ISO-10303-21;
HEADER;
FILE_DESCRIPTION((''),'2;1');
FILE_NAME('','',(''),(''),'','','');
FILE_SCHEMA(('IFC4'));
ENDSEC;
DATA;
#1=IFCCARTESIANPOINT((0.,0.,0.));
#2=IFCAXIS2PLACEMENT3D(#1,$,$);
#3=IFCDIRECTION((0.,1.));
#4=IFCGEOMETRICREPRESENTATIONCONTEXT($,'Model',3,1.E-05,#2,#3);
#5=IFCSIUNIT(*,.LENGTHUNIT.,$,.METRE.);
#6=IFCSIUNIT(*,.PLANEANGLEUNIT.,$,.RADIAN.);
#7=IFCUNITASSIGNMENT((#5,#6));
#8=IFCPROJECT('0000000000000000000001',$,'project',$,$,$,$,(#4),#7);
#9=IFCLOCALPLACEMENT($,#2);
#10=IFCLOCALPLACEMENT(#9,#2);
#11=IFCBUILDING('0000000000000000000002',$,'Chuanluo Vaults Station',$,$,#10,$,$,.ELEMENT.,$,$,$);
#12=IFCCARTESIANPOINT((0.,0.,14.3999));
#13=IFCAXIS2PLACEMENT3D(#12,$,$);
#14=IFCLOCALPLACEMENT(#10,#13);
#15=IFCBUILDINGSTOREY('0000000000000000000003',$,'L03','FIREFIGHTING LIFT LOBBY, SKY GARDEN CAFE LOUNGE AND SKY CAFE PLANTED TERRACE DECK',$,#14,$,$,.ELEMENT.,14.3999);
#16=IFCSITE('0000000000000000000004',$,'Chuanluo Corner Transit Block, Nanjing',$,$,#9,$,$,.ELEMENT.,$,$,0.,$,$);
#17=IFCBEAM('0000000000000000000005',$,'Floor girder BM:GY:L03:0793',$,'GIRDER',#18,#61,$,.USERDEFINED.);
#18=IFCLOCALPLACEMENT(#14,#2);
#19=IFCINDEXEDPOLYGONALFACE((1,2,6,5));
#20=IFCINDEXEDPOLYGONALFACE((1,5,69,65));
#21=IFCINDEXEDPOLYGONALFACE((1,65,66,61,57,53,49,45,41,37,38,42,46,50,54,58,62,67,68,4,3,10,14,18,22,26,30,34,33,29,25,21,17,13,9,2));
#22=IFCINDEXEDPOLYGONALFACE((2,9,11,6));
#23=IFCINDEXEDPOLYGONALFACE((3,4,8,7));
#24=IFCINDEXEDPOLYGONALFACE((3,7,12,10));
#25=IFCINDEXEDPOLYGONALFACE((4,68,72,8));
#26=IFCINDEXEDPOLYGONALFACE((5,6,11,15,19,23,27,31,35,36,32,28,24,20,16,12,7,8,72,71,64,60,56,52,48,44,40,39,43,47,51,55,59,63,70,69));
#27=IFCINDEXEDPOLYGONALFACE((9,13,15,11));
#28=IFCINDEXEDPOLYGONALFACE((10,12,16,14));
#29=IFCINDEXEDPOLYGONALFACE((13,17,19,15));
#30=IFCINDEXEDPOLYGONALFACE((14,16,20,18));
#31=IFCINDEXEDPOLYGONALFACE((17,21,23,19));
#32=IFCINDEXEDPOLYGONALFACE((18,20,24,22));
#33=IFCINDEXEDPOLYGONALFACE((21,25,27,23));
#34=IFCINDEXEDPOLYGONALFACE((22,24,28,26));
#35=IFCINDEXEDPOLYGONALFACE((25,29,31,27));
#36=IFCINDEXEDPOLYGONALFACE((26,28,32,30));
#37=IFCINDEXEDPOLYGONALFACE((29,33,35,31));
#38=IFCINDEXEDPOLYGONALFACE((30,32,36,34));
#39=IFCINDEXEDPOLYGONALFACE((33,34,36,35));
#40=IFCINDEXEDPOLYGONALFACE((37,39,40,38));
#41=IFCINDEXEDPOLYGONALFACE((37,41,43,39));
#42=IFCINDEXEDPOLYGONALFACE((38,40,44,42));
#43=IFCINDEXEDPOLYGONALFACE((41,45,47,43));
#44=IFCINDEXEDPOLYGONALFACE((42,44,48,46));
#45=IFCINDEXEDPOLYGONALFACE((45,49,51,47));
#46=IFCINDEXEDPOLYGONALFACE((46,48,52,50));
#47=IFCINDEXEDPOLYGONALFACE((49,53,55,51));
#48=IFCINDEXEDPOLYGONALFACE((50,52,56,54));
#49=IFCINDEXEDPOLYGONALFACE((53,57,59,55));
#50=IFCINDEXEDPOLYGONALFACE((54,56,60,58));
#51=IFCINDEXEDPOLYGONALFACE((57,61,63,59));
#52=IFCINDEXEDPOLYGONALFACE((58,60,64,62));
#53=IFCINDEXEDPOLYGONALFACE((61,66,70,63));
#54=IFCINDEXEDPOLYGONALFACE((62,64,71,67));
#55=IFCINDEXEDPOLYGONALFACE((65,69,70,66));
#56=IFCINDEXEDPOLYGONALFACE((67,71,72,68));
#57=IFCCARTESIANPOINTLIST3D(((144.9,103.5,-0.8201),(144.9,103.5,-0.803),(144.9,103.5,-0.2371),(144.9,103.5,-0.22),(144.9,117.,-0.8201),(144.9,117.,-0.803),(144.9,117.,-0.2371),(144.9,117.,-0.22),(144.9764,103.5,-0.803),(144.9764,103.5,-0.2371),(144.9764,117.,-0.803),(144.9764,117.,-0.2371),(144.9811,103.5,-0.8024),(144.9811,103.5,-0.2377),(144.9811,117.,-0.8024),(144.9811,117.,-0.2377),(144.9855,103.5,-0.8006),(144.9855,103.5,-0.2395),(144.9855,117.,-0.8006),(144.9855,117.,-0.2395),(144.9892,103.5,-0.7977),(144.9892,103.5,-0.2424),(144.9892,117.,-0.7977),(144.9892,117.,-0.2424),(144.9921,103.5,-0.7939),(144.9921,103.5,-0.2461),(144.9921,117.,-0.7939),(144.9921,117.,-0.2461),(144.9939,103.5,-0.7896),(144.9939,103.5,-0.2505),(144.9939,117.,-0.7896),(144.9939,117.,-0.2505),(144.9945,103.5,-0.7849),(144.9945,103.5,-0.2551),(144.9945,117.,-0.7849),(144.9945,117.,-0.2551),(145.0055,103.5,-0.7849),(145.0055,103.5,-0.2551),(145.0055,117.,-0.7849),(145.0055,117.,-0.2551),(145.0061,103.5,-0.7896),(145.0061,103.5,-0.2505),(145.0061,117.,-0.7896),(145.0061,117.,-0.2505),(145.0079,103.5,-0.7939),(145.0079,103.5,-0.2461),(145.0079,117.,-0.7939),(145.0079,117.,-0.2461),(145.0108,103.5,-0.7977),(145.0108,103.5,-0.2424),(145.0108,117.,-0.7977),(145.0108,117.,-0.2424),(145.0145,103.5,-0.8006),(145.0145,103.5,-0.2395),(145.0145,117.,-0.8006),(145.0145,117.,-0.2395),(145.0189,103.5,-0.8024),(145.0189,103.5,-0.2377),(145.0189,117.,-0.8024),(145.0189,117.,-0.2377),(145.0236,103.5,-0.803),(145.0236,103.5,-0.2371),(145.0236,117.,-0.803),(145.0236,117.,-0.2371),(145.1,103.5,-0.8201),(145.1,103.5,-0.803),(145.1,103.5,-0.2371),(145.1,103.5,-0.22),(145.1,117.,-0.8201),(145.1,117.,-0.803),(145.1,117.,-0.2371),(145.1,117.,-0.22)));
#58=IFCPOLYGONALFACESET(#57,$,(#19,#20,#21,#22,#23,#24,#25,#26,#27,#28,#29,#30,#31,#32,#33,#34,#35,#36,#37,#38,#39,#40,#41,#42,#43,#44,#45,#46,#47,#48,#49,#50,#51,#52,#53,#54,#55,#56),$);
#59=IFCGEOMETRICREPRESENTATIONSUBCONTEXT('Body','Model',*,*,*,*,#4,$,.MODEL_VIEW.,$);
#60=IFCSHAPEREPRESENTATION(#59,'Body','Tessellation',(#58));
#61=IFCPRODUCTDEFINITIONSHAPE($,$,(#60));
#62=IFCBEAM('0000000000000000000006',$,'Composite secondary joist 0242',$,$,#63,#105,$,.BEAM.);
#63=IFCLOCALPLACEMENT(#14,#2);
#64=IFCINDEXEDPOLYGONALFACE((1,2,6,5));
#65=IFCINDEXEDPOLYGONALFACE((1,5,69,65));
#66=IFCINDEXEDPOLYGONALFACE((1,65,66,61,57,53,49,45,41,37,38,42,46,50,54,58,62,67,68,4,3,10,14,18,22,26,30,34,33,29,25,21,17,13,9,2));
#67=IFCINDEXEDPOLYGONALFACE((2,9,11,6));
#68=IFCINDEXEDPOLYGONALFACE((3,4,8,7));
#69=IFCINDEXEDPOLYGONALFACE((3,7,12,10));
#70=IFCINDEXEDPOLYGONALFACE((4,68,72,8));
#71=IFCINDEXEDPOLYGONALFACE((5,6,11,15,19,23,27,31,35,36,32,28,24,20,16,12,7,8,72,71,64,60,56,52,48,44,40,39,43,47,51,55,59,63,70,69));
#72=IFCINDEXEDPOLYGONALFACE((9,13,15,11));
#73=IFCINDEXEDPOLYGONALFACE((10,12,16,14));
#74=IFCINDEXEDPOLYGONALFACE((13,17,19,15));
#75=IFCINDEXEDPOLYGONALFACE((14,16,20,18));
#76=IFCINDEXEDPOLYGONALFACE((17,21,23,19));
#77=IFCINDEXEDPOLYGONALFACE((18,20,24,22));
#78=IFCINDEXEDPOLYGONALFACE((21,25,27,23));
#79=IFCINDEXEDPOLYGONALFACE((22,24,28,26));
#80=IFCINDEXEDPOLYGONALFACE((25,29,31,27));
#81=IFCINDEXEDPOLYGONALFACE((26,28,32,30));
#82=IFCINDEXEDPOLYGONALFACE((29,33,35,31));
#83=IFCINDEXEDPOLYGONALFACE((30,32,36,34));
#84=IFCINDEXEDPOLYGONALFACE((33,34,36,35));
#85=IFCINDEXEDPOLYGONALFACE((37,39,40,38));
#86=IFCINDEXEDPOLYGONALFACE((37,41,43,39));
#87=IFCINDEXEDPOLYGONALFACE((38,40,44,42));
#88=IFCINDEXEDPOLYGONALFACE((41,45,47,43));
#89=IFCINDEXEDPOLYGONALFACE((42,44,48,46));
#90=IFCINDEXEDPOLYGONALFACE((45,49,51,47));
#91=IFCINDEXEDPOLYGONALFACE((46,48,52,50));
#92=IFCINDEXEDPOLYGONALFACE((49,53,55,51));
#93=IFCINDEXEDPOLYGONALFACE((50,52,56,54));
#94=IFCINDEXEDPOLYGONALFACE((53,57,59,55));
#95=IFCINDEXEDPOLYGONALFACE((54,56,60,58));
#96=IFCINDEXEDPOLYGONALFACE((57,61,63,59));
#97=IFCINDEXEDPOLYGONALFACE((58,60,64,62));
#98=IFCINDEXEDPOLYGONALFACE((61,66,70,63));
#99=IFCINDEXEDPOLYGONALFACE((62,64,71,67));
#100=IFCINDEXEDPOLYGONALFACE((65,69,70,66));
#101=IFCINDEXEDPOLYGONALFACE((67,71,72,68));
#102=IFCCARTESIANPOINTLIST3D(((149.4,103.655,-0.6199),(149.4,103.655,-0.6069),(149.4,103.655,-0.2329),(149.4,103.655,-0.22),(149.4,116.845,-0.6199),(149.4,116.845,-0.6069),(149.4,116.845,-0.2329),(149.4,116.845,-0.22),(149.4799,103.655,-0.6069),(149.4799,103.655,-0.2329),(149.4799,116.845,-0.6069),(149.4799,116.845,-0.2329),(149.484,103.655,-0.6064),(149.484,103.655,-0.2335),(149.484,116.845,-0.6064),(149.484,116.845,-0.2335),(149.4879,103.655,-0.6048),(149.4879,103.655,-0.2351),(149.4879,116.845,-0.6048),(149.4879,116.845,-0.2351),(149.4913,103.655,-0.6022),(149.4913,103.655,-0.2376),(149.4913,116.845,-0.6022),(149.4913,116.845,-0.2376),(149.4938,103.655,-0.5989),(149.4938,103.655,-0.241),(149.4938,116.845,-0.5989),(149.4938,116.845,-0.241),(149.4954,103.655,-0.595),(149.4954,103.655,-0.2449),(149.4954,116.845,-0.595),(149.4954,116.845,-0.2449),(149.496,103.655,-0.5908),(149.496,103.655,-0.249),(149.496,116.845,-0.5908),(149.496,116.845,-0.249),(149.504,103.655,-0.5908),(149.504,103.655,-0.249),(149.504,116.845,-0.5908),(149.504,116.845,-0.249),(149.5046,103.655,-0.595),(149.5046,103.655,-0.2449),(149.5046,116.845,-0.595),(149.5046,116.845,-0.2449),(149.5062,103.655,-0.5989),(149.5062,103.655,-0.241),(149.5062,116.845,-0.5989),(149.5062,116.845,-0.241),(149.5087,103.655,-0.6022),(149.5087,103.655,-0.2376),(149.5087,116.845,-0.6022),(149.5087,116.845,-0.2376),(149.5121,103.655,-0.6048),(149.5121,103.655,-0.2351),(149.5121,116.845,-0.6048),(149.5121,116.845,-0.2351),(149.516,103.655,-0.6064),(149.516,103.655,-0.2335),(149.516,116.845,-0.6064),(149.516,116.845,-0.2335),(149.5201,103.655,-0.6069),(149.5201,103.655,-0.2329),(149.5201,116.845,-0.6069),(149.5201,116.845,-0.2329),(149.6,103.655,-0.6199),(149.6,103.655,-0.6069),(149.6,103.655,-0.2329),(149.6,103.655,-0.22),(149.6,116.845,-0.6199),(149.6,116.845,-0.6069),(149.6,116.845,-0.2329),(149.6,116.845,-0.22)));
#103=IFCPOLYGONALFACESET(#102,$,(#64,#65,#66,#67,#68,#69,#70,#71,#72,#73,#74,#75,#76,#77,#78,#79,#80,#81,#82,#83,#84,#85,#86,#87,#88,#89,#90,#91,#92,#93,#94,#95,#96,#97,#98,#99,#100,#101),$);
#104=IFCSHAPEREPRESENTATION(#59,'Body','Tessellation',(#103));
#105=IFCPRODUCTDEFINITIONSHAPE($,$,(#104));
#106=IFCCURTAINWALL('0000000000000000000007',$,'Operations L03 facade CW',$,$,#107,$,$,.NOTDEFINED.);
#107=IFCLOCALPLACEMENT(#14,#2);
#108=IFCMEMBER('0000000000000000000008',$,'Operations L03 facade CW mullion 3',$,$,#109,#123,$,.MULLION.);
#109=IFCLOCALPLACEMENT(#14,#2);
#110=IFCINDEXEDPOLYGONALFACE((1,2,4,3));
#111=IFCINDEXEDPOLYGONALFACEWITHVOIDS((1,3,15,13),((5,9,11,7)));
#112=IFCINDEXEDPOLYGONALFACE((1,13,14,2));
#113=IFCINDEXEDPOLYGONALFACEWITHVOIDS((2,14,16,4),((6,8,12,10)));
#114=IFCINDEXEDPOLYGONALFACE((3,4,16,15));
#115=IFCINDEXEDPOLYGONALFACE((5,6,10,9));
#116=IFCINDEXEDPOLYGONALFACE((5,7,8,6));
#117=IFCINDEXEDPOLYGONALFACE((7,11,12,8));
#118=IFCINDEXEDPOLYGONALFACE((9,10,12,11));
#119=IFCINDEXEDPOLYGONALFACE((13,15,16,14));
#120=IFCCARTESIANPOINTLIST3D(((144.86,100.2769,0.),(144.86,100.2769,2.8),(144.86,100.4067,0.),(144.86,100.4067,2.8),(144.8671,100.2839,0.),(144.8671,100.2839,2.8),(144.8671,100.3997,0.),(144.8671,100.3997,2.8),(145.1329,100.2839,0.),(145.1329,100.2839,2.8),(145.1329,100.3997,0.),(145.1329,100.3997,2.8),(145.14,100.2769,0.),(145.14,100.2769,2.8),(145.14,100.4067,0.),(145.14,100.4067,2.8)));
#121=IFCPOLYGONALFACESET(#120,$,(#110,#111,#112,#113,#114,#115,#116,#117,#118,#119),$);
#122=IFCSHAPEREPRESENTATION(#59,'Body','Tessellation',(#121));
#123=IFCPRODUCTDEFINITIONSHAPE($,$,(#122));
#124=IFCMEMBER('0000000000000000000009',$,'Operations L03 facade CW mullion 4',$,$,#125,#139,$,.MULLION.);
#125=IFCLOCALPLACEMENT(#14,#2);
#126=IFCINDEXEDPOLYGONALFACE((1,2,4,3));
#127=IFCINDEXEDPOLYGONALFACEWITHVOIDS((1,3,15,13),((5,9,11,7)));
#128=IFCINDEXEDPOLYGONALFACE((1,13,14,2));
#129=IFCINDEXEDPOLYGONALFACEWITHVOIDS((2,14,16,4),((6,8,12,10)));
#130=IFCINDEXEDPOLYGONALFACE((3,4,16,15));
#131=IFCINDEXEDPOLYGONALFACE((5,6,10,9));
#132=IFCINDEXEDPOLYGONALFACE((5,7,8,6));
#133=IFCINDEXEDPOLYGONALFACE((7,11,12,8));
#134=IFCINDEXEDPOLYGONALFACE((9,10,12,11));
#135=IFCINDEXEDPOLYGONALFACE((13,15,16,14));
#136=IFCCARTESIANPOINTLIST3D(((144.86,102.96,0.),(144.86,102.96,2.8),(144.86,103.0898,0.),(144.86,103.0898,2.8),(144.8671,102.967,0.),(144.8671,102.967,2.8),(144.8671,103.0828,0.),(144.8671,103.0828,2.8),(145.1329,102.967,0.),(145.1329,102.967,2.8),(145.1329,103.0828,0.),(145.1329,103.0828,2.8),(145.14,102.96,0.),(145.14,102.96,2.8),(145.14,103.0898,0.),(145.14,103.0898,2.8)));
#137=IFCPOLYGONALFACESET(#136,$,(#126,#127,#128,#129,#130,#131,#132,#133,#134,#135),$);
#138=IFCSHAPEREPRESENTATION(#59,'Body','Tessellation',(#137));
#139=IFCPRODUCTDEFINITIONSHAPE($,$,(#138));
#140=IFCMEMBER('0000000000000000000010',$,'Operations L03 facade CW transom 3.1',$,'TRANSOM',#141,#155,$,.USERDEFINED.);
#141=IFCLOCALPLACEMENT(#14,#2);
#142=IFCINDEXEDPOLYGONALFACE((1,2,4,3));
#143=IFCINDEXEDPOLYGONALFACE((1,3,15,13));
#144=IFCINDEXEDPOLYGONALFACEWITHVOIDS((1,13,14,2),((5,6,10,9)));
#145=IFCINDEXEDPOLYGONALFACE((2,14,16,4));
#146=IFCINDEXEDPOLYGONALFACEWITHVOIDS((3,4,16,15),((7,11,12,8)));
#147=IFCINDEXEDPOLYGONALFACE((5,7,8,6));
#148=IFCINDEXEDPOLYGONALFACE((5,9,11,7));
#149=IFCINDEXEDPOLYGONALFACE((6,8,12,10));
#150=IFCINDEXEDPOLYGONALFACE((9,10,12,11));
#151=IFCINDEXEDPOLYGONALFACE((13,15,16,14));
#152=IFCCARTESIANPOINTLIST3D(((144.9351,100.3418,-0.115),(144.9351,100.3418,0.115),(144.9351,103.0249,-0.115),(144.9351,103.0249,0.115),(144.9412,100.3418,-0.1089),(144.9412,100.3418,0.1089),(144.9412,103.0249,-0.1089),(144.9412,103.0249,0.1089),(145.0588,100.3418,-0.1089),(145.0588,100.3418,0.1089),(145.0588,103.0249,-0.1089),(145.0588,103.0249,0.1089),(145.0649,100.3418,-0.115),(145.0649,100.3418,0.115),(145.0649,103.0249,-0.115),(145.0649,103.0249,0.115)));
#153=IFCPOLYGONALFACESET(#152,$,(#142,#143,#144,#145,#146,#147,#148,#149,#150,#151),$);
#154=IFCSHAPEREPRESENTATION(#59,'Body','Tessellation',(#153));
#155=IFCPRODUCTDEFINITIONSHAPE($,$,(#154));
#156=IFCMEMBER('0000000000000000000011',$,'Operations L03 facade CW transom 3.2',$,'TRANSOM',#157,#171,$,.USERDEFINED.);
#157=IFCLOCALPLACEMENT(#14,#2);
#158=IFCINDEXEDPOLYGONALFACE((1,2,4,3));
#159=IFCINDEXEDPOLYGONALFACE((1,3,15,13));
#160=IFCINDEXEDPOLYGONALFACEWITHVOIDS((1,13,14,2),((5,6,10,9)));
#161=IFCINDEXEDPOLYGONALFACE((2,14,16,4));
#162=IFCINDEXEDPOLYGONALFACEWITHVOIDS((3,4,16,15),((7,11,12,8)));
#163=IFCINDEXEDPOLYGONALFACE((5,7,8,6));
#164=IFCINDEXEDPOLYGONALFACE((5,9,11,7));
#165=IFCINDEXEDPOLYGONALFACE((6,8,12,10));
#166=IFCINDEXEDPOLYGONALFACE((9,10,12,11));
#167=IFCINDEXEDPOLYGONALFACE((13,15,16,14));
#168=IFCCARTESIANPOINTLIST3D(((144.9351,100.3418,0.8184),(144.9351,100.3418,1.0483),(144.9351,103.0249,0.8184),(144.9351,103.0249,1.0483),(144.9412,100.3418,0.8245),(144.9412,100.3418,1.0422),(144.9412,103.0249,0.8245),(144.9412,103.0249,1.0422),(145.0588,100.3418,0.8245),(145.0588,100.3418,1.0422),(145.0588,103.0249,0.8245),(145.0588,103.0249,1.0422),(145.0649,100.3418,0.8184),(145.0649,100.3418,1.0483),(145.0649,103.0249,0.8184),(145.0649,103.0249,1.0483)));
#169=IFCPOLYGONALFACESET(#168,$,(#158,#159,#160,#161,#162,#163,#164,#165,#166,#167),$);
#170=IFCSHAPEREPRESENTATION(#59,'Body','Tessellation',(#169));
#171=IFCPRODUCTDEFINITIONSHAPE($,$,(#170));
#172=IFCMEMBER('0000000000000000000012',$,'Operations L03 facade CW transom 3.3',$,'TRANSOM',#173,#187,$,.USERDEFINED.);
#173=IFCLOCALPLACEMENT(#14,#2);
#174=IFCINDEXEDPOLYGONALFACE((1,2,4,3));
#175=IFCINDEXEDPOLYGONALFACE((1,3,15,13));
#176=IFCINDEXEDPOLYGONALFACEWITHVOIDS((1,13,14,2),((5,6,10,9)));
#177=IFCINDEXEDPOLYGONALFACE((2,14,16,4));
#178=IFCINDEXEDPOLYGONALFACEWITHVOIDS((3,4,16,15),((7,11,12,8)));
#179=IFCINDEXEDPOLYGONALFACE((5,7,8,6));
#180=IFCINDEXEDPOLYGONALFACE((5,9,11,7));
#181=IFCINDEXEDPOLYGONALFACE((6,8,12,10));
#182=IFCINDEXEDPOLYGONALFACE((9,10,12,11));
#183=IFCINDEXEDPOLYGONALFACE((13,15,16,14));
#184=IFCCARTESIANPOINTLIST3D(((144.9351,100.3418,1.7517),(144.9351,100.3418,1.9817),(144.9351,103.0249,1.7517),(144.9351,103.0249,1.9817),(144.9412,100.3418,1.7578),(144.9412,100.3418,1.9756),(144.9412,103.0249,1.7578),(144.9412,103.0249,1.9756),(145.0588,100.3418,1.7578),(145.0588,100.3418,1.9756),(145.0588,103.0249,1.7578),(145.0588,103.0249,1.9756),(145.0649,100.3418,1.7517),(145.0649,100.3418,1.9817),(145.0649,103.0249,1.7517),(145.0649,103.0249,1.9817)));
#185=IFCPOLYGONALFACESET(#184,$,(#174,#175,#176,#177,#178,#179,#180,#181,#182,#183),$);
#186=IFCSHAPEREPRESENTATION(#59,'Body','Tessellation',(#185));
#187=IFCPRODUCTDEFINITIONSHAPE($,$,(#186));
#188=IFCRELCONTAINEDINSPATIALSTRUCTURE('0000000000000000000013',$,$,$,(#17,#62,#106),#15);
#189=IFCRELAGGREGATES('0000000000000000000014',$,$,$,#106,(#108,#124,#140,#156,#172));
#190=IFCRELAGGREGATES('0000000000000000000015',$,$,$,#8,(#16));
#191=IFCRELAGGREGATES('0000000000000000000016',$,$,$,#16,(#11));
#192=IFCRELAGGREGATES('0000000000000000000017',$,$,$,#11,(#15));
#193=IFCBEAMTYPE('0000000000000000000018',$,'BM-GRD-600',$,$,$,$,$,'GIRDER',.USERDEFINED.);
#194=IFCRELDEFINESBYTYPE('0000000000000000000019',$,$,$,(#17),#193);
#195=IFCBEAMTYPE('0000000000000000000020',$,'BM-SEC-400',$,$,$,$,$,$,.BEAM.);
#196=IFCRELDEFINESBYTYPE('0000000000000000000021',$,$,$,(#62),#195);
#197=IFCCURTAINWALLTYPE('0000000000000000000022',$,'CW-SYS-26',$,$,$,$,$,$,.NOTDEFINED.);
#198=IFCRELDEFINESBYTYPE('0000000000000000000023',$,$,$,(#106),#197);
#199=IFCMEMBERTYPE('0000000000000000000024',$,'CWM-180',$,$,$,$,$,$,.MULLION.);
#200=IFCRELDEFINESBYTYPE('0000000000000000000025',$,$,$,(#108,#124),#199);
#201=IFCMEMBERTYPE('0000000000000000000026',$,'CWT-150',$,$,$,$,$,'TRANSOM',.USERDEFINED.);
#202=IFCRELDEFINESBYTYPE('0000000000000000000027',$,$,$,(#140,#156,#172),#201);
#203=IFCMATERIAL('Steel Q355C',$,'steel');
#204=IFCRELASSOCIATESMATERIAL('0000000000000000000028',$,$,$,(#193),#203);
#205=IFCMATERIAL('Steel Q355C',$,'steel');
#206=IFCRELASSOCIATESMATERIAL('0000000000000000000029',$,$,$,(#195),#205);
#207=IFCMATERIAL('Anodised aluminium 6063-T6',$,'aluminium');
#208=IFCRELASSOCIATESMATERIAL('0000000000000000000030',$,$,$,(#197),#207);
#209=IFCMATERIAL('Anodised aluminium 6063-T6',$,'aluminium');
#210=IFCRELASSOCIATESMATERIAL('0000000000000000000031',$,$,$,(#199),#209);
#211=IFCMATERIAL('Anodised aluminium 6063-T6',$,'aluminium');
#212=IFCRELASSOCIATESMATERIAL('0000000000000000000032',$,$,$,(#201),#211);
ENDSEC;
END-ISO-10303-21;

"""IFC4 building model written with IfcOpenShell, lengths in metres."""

from ifc_helpers import new_model, si_unit, direction, frame, origin, origin_2d, place, context, subcontext, project, spatial, hollow_rectangle, i_section, extrude, material, material_profile, profile_set, type_object, element, aggregate, save


model = new_model("IFC4")

# Units and contexts
model_context = context("Model", 3, precision=1e-05, world=origin(), true_north=direction((0.0, 1.0)))
body_context = subcontext(model_context, "Body", "Model", "MODEL_VIEW")
ifc_project = project(units=[si_unit("LENGTHUNIT", "METRE"), si_unit("PLANEANGLEUNIT", "RADIAN")], contexts=[model_context])

# Site, building, storey
site_placement = place(None, origin())
site = spatial("IfcSite", under=ifc_project, at=site_placement, Name="Chuanluo Corner Transit Block, Nanjing", CompositionType="ELEMENT", RefElevation=0.0)
building_placement = place(site_placement, origin())
building = spatial("IfcBuilding", under=site, at=building_placement, Name="Chuanluo Vaults Station", CompositionType="ELEMENT")
storey_placement = place(building_placement, frame((0.0, 0.0, 14.3999)))
storey = spatial("IfcBuildingStorey", under=building, at=storey_placement, Name="L03", Description="FIREFIGHTING LIFT LOBBY, SKY GARDEN CAFE LOUNGE AND SKY CAFE PLANTED TERRACE DECK", CompositionType="ELEMENT", Elevation=14.3999)

# Beams
ifc_material_1 = material(Name="Steel Q355C", Category="steel")
ifc_material_profile_1 = material_profile(ifc_material_1, i_section(OverallWidth=0.2, OverallDepth=0.6001, WebThickness=0.011, FlangeThickness=0.0171, FilletRadius=0.0181, at=origin_2d()))
ifc_profile_set_1 = profile_set([ifc_material_profile_1], Name="Steel Q355C")
beam_type_1 = type_object("IfcBeamType", Name="BM-GRD-600", ElementType="GIRDER", PredefinedType="USERDEFINED", material=ifc_profile_set_1)
beam_1_placement = place(storey_placement, frame((145.0, 103.5, -0.52), z_axis=(0.0, 1.0, 0.0), x_axis=(-1.0, 0.0, 0.0)))
element("IfcBeam", 1, at=beam_1_placement, inside=storey, type_object=beam_type_1, Name="Floor girder BM:GY:L03:0793", ObjectType="GIRDER", PredefinedType="USERDEFINED", context=body_context, shape_type="SweptSolid", body=[
    extrude(i_section(OverallWidth=0.2, OverallDepth=0.6001, WebThickness=0.011, FlangeThickness=0.0171, FilletRadius=0.0181, at=origin_2d()), origin(), (0.0, 0.0, 1.0), 13.5),
])
ifc_material_2 = material(Name="Steel Q355C", Category="steel")
ifc_material_profile_2 = material_profile(ifc_material_2, i_section(OverallWidth=0.2, OverallDepth=0.3999, WebThickness=0.0081, FlangeThickness=0.0129, FilletRadius=0.0161, at=origin_2d()))
ifc_profile_set_2 = profile_set([ifc_material_profile_2], Name="Steel Q355C")
beam_type_2 = type_object("IfcBeamType", Name="BM-SEC-400", PredefinedType="BEAM", material=ifc_profile_set_2)
beam_2_placement = place(storey_placement, frame((149.5, 103.655, -0.4199), z_axis=(0.0, 1.0, 0.0), x_axis=(-1.0, 0.0, 0.0)))
element("IfcBeam", 2, at=beam_2_placement, inside=storey, type_object=beam_type_2, Name="Composite secondary joist 0242", PredefinedType="BEAM", context=body_context, shape_type="SweptSolid", body=[
    extrude(i_section(OverallWidth=0.2, OverallDepth=0.3999, WebThickness=0.0081, FlangeThickness=0.0129, FilletRadius=0.0161, at=origin_2d()), origin(), (0.0, 0.0, 1.0), 13.1899),
])

# Curtain wall, members
ifc_material_3 = material(Name="Anodised aluminium 6063-T6", Category="aluminium")
curtain_wall_type = type_object("IfcCurtainWallType", Name="CW-SYS-26", PredefinedType="NOTDEFINED", material=ifc_material_3)
curtain_wall_placement = place(storey_placement, origin())
curtain_wall = element("IfcCurtainWall", 3, at=curtain_wall_placement, inside=storey, type_object=curtain_wall_type, Name="Operations L03 facade CW", PredefinedType="NOTDEFINED")
ifc_material_4 = material(Name="Anodised aluminium 6063-T6", Category="aluminium")
ifc_material_profile_3 = material_profile(ifc_material_4, hollow_rectangle(XDim=0.1299, YDim=0.28, WallThickness=0.0071, at=origin_2d()))
ifc_profile_set_3 = profile_set([ifc_material_profile_3], Name="Anodised aluminium 6063-T6")
member_type_1 = type_object("IfcMemberType", Name="CWM-180", PredefinedType="MULLION", material=ifc_profile_set_3)
member_1_placement = place(storey_placement, frame((145.0, 100.3418, 0.0), z_axis=(0.0, 0.0, 1.0), x_axis=(0.0, 1.0, 0.0)))
member_1 = element("IfcMember", 4, at=member_1_placement, type_object=member_type_1, Name="Operations L03 facade CW mullion 3", PredefinedType="MULLION", context=body_context, shape_type="SweptSolid", body=[
    extrude(hollow_rectangle(XDim=0.1299, YDim=0.28, WallThickness=0.0071, at=origin_2d()), origin(), (0.0, 0.0, 1.0), 2.8),
])
member_2_placement = place(storey_placement, frame((145.0, 103.0249, 0.0), z_axis=(0.0, 0.0, 1.0), x_axis=(0.0, 1.0, 0.0)))
member_2 = element("IfcMember", 5, at=member_2_placement, type_object=member_type_1, Name="Operations L03 facade CW mullion 4", PredefinedType="MULLION", context=body_context, shape_type="SweptSolid", body=[
    extrude(hollow_rectangle(XDim=0.1299, YDim=0.28, WallThickness=0.0071, at=origin_2d()), origin(), (0.0, 0.0, 1.0), 2.8),
])
ifc_material_5 = material(Name="Anodised aluminium 6063-T6", Category="aluminium")
ifc_material_profile_4 = material_profile(ifc_material_5, hollow_rectangle(XDim=0.1299, YDim=0.23, WallThickness=0.0061, at=origin_2d()))
ifc_profile_set_4 = profile_set([ifc_material_profile_4], Name="Anodised aluminium 6063-T6")
member_type_2 = type_object("IfcMemberType", Name="CWT-150", ElementType="TRANSOM", PredefinedType="USERDEFINED", material=ifc_profile_set_4)
member_3_placement = place(storey_placement, frame((145.0, 100.3418, 0.0), z_axis=(0.0, 1.0, 0.0), x_axis=(-1.0, 0.0, 0.0)))
member_3 = element("IfcMember", 6, at=member_3_placement, type_object=member_type_2, Name="Operations L03 facade CW transom 3.1", ObjectType="TRANSOM", PredefinedType="USERDEFINED", context=body_context, shape_type="SweptSolid", body=[
    extrude(hollow_rectangle(XDim=0.1299, YDim=0.23, WallThickness=0.0061, at=origin_2d()), origin(), (0.0, 0.0, 1.0), 2.6831),
])
member_4_placement = place(storey_placement, frame((145.0, 100.3418, 0.9333), z_axis=(0.0, 1.0, 0.0), x_axis=(-1.0, 0.0, 0.0)))
member_4 = element("IfcMember", 7, at=member_4_placement, type_object=member_type_2, Name="Operations L03 facade CW transom 3.2", ObjectType="TRANSOM", PredefinedType="USERDEFINED", context=body_context, shape_type="SweptSolid", body=[
    extrude(hollow_rectangle(XDim=0.1299, YDim=0.23, WallThickness=0.0061, at=origin_2d()), origin(), (0.0, 0.0, 1.0), 2.6831),
])
member_5_placement = place(storey_placement, frame((145.0, 100.3418, 1.8667), z_axis=(0.0, 1.0, 0.0), x_axis=(-1.0, 0.0, 0.0)))
member_5 = element("IfcMember", 8, at=member_5_placement, type_object=member_type_2, Name="Operations L03 facade CW transom 3.3", ObjectType="TRANSOM", PredefinedType="USERDEFINED", context=body_context, shape_type="SweptSolid", body=[
    extrude(hollow_rectangle(XDim=0.1299, YDim=0.23, WallThickness=0.0061, at=origin_2d()), origin(), (0.0, 0.0, 1.0), 2.6831),
])
aggregate(curtain_wall, [member_1, member_2, member_3, member_4, member_5])

save(model, "model.ifc")
